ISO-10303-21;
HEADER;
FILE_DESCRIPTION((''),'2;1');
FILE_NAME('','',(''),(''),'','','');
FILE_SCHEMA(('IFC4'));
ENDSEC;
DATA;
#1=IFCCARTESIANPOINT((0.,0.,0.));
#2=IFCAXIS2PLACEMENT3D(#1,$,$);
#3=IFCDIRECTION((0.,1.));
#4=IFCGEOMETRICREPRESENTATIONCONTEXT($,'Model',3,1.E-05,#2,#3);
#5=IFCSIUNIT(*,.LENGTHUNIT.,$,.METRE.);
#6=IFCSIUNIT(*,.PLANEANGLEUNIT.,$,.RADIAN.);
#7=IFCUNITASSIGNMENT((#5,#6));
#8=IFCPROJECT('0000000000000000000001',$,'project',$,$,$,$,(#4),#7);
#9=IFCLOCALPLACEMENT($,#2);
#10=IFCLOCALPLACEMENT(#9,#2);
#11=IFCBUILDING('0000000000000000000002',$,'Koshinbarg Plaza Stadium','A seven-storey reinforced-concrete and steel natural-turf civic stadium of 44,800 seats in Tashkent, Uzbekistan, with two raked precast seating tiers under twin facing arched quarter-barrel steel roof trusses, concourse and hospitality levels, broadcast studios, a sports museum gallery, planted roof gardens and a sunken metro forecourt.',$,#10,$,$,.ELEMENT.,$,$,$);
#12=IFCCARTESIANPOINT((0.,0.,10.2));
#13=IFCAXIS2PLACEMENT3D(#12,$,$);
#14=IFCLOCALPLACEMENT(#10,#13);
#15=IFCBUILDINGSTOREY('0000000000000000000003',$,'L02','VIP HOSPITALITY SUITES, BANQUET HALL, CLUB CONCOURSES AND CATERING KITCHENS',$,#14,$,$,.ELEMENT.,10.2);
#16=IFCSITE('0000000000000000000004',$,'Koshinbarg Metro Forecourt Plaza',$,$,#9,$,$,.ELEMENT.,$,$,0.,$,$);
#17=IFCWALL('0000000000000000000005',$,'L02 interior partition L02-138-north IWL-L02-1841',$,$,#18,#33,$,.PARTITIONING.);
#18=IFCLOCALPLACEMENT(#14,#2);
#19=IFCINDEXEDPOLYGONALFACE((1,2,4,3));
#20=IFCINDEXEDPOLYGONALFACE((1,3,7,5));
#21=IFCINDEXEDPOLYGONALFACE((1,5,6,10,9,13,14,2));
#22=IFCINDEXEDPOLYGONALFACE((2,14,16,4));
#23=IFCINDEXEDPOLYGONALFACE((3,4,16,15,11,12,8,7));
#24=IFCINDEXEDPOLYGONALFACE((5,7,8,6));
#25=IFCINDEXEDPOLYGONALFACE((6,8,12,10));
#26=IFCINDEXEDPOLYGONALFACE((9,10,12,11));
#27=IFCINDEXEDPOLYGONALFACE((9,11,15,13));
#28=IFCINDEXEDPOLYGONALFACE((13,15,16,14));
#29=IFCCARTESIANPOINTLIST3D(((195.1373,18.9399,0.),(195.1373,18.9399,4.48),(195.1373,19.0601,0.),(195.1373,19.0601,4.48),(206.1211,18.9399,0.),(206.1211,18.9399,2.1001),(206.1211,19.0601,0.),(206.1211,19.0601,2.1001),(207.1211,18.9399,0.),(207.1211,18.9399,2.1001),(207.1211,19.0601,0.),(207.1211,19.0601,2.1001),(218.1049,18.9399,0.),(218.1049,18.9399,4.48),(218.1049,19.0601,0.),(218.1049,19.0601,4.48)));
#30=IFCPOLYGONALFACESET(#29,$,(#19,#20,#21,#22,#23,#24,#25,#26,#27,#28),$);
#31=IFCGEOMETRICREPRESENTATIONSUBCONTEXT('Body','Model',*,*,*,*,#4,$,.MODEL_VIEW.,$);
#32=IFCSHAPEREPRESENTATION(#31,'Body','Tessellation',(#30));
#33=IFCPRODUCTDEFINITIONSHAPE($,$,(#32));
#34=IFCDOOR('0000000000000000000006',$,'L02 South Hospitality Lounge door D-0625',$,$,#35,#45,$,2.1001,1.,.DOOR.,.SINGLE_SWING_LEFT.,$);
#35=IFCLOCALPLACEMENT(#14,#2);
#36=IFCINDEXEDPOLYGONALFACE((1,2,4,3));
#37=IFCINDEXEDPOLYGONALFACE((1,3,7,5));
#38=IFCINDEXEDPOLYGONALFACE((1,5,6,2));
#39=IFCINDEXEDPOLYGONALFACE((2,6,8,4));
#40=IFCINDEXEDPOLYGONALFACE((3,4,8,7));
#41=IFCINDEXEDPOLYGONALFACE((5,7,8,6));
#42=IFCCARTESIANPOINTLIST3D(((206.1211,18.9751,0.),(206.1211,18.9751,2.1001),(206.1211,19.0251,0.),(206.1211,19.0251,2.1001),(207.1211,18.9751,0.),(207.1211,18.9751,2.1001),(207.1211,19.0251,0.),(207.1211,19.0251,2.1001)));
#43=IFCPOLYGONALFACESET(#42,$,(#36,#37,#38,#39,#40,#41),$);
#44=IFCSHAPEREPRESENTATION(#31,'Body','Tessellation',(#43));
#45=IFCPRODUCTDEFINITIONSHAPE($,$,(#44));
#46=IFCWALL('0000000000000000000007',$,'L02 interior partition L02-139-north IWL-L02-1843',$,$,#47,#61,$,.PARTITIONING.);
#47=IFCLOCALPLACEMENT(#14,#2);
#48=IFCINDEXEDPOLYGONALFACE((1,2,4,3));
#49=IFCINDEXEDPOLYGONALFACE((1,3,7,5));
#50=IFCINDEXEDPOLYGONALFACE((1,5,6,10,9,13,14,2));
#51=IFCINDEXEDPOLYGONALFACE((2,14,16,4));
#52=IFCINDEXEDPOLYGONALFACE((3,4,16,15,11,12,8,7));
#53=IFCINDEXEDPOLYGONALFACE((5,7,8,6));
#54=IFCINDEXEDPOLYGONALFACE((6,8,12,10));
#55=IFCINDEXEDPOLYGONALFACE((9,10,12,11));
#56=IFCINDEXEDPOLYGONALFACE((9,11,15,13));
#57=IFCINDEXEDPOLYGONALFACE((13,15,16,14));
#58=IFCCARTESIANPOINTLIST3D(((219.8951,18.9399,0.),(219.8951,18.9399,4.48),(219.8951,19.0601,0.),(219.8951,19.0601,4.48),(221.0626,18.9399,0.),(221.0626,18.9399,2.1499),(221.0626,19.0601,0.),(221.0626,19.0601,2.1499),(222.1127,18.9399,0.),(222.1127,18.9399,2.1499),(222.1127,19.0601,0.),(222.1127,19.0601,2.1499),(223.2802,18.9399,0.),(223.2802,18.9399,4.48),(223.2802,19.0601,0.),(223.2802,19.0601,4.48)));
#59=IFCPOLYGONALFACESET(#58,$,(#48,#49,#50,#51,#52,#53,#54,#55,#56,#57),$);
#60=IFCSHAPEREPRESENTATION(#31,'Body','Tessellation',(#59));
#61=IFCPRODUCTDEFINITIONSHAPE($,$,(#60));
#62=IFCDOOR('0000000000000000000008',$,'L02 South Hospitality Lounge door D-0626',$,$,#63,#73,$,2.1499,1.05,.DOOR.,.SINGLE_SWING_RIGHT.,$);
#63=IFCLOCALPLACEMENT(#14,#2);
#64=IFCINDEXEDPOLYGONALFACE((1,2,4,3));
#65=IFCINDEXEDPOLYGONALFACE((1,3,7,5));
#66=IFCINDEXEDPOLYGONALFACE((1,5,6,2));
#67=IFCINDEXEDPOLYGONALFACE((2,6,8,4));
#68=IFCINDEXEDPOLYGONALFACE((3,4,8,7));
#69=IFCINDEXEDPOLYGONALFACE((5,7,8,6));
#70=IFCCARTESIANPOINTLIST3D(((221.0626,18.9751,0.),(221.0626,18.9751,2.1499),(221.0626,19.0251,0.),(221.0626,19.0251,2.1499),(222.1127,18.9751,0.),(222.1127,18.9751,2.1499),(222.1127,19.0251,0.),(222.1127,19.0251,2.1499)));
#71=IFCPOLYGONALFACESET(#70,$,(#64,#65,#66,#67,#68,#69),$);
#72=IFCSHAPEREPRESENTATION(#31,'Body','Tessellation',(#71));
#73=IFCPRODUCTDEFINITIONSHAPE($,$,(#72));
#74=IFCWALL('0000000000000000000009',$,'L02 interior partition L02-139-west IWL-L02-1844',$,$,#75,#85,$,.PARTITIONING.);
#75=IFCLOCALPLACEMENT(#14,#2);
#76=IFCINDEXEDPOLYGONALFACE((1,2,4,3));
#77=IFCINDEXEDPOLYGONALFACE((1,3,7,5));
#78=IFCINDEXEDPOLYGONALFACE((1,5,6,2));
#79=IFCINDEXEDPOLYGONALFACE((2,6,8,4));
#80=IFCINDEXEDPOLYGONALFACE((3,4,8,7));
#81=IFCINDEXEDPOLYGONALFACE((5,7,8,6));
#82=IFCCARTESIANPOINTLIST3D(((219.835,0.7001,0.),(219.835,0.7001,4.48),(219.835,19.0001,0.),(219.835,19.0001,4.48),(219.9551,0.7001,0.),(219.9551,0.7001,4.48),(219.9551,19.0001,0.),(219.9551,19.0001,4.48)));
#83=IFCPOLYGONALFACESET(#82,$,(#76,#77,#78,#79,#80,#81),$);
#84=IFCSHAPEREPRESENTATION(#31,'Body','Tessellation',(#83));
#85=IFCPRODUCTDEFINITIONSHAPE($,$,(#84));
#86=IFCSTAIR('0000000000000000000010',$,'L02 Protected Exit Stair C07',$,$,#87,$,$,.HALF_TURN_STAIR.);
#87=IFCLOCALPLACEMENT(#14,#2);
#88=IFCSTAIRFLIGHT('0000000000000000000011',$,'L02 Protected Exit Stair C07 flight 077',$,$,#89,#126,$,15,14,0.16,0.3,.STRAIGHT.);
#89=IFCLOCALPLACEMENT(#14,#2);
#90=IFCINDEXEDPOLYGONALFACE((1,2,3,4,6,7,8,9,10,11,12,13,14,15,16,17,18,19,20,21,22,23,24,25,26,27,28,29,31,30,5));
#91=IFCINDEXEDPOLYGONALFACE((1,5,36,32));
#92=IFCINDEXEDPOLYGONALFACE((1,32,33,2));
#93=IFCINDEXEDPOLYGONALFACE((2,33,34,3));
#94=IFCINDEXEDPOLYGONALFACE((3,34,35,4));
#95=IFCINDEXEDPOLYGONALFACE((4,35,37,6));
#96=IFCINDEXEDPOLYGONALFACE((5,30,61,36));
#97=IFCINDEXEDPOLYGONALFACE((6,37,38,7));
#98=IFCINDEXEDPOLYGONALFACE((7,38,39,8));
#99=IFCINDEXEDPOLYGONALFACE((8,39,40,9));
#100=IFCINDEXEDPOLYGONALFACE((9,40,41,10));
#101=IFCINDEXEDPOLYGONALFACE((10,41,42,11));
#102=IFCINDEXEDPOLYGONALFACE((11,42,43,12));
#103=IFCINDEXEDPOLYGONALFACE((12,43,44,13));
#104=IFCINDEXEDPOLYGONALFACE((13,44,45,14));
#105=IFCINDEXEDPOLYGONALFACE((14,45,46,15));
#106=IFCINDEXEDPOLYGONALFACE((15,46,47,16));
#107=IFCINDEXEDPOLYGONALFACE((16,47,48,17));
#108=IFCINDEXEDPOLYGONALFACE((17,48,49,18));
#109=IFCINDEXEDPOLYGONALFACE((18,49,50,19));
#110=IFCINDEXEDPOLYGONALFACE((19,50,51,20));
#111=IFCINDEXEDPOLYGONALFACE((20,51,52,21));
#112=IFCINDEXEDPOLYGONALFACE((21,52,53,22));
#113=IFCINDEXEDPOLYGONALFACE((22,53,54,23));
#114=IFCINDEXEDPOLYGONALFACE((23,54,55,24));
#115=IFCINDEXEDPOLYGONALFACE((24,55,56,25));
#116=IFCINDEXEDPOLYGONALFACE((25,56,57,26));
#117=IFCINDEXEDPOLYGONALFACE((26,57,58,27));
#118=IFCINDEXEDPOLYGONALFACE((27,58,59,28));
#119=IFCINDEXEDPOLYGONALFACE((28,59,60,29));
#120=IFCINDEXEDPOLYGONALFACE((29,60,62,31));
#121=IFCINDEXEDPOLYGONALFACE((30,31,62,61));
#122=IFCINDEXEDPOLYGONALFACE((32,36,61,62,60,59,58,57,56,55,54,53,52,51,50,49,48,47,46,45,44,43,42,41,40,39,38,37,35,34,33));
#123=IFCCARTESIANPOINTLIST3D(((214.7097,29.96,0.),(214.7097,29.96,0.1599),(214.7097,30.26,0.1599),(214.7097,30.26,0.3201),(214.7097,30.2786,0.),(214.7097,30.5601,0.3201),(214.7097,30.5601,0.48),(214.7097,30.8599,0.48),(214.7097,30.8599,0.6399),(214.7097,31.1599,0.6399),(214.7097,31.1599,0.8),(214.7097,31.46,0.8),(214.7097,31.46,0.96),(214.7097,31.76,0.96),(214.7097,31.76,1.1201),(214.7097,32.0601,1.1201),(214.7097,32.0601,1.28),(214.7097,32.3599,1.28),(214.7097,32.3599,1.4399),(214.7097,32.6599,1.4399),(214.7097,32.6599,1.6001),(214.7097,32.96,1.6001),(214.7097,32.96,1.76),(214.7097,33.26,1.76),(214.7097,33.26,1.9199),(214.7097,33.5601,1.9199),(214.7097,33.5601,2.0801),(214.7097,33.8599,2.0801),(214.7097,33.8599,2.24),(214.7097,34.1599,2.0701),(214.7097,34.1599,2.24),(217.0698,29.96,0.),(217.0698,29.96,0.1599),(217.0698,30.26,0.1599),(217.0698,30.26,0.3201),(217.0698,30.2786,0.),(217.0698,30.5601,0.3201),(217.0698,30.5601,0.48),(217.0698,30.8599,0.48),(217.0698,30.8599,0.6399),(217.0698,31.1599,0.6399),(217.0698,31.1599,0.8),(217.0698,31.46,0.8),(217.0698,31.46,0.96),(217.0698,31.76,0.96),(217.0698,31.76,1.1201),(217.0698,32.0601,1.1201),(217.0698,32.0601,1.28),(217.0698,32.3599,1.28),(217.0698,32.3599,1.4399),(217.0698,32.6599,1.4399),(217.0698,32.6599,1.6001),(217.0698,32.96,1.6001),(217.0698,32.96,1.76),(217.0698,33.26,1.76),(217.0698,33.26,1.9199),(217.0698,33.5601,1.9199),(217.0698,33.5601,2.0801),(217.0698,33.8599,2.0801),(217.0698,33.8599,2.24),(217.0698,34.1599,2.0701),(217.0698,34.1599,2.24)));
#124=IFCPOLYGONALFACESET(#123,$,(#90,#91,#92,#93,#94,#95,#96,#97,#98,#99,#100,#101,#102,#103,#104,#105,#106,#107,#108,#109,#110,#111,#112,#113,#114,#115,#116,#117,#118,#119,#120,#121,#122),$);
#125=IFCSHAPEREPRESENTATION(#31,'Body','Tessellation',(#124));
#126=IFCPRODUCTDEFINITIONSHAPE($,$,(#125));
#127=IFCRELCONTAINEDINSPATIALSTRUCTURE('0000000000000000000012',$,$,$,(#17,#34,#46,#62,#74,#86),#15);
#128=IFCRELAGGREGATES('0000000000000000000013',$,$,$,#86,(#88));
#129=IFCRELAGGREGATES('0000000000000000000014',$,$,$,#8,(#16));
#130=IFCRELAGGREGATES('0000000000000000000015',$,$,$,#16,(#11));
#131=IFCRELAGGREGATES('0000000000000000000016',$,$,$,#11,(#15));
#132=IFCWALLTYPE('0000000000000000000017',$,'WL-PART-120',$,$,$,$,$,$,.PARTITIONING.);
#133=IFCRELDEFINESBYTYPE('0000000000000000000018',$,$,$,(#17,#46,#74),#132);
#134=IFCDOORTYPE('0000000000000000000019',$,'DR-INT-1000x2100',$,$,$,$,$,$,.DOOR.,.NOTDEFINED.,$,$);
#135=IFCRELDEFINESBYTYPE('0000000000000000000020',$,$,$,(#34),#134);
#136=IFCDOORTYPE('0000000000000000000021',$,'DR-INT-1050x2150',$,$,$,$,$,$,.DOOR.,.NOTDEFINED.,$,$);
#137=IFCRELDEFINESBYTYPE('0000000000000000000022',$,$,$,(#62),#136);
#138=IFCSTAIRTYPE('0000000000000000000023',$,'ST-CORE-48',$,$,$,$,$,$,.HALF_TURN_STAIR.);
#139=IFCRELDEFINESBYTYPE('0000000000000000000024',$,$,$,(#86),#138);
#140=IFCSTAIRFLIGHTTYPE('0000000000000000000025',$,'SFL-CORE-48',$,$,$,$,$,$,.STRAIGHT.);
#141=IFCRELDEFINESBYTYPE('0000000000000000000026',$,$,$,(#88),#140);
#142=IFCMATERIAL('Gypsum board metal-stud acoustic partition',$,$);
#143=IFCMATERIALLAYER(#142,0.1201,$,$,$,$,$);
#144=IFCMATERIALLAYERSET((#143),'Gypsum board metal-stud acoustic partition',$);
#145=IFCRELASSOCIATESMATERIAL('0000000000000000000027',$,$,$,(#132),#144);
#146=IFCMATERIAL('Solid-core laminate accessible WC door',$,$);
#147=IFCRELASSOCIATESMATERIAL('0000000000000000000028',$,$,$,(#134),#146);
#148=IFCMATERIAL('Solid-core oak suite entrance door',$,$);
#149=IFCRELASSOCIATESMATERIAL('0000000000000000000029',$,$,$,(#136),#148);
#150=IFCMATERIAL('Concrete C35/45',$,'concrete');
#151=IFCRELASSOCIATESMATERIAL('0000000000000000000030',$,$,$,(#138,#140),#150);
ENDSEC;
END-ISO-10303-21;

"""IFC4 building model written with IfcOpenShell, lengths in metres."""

from ifc_helpers import new_model, si_unit, direction, frame, frame_2d, origin, place, context, subcontext, project, spatial, polyline, rectangle, outline, extrude, material, layer, layer_set, type_object, element, fill, aggregate, save


model = new_model("IFC4")

# Units and contexts
model_context = context("Model", 3, precision=1e-05, world=origin(), true_north=direction((0.0, 1.0)))
body_context = subcontext(model_context, "Body", "Model", "MODEL_VIEW")
ifc_project = project(units=[si_unit("LENGTHUNIT", "METRE"), si_unit("PLANEANGLEUNIT", "RADIAN")], contexts=[model_context])

# Site, building, storey
site_placement = place(None, origin())
site = spatial("IfcSite", under=ifc_project, at=site_placement, Name="Koshinbarg Metro Forecourt Plaza", CompositionType="ELEMENT", RefElevation=0.0)
building_placement = place(site_placement, origin())
building = spatial("IfcBuilding", under=site, at=building_placement, Name="Koshinbarg Plaza Stadium", Description="A seven-storey reinforced-concrete and steel natural-turf civic stadium of 44,800 seats in Tashkent, Uzbekistan, with two raked precast seating tiers under twin facing arched quarter-barrel steel roof trusses, concourse and hospitality levels, broadcast studios, a sports museum gallery, planted roof gardens and a sunken metro forecourt.", CompositionType="ELEMENT")
storey_placement = place(building_placement, frame((0.0, 0.0, 10.2)))
storey = spatial("IfcBuildingStorey", under=building, at=storey_placement, Name="L02", Description="VIP HOSPITALITY SUITES, BANQUET HALL, CLUB CONCOURSES AND CATERING KITCHENS", CompositionType="ELEMENT", Elevation=10.2)

# Walls, openings, doors
ifc_material_1 = material(Name="Gypsum board metal-stud acoustic partition")
ifc_layer_1 = layer(ifc_material_1, 0.1201)
ifc_layer_set_1 = layer_set([ifc_layer_1], Name="Gypsum board metal-stud acoustic partition")
wall_type_1 = type_object("IfcWallType", Name="WL-PART-120", PredefinedType="PARTITIONING", material=ifc_layer_set_1)
wall_1_placement = place(storey_placement, frame((218.105, 19.0, 0.0), z_axis=(0.0, 0.0, 1.0), x_axis=(-1.0, 0.0, 0.0)))
wall_1 = element("IfcWall", 1, at=wall_1_placement, inside=storey, type_object=wall_type_1, Name="L02 interior partition L02-138-north IWL-L02-1841", PredefinedType="PARTITIONING", context=body_context, shape_type="SweptSolid", body=[
    extrude(rectangle(XDim=22.9675, YDim=0.1201, at=frame_2d((11.4839, 0.0))), origin(), (0.0, 0.0, 1.0), 4.48),
])
opening_1_placement = place(wall_1_placement, frame((10.9839, 0.0, 0.0)))
opening_1 = element("IfcOpeningElement", 2, at=opening_1_placement, cuts=wall_1, PredefinedType="OPENING", context=body_context, shape_type="SweptSolid", body=[
    extrude(rectangle(XDim=1.0, YDim=2.1001, at=frame_2d((0.5, 1.05))), frame((0.0, 0.0701, 0.0), z_axis=(0.0, -1.0, 0.0), x_axis=(1.0, 0.0, 0.0)), (0.0, 0.0, 1.0), 0.1401),
])
ifc_material_2 = material(Name="Solid-core laminate accessible WC door")
door_type_1 = type_object("IfcDoorType", Name="DR-INT-1000x2100", OperationType="NOTDEFINED", PredefinedType="DOOR", material=ifc_material_2)
door_1_placement = place(opening_1_placement, origin())
door_1 = element("IfcDoor", 3, at=door_1_placement, inside=storey, type_object=door_type_1, Name="L02 South Hospitality Lounge door D-0625", OperationType="SINGLE_SWING_LEFT", OverallHeight=2.1001, OverallWidth=1.0, PredefinedType="DOOR", context=body_context, shape_type="SweptSolid", body=[
    extrude(rectangle(XDim=1.0, YDim=2.1001, at=frame_2d((0.5, 1.05))), frame((0.0, 0.0249, 0.0), z_axis=(0.0, -1.0, 0.0), x_axis=(1.0, 0.0, 0.0)), (0.0, 0.0, 1.0), 0.05),
])
fill(opening_1, door_1)
wall_2_placement = place(storey_placement, frame((223.28, 19.0, 0.0), z_axis=(0.0, 0.0, 1.0), x_axis=(-1.0, 0.0, 0.0)))
wall_2 = element("IfcWall", 4, at=wall_2_placement, inside=storey, type_object=wall_type_1, Name="L02 interior partition L02-139-north IWL-L02-1843", PredefinedType="PARTITIONING", context=body_context, shape_type="SweptSolid", body=[
    extrude(rectangle(XDim=3.385, YDim=0.1201, at=frame_2d((1.6924, 0.0))), origin(), (0.0, 0.0, 1.0), 4.48),
])
opening_2_placement = place(wall_2_placement, frame((1.1675, 0.0, 0.0)))
opening_2 = element("IfcOpeningElement", 5, at=opening_2_placement, cuts=wall_2, PredefinedType="OPENING", context=body_context, shape_type="SweptSolid", body=[
    extrude(rectangle(XDim=1.05, YDim=2.1499, at=frame_2d((0.5249, 1.075))), frame((0.0, 0.0701, 0.0), z_axis=(0.0, -1.0, 0.0), x_axis=(1.0, 0.0, 0.0)), (0.0, 0.0, 1.0), 0.1401),
])
ifc_material_3 = material(Name="Solid-core oak suite entrance door")
door_type_2 = type_object("IfcDoorType", Name="DR-INT-1050x2150", OperationType="NOTDEFINED", PredefinedType="DOOR", material=ifc_material_3)
door_2_placement = place(opening_2_placement, origin())
door_2 = element("IfcDoor", 6, at=door_2_placement, inside=storey, type_object=door_type_2, Name="L02 South Hospitality Lounge door D-0626", OperationType="SINGLE_SWING_RIGHT", OverallHeight=2.1499, OverallWidth=1.05, PredefinedType="DOOR", context=body_context, shape_type="SweptSolid", body=[
    extrude(rectangle(XDim=1.05, YDim=2.1499, at=frame_2d((0.5249, 1.075))), frame((0.0, 0.0249, 0.0), z_axis=(0.0, -1.0, 0.0), x_axis=(1.0, 0.0, 0.0)), (0.0, 0.0, 1.0), 0.05),
])
fill(opening_2, door_2)

# Wall
wall_3_placement = place(storey_placement, frame((219.895, 19.0, 0.0), z_axis=(0.0, 0.0, 1.0), x_axis=(0.0, -1.0, 0.0)))
element("IfcWall", 7, at=wall_3_placement, inside=storey, type_object=wall_type_1, Name="L02 interior partition L02-139-west IWL-L02-1844", PredefinedType="PARTITIONING", context=body_context, shape_type="SweptSolid", body=[
    extrude(rectangle(XDim=18.3, YDim=0.1201, at=frame_2d((9.1499, 0.0))), origin(), (0.0, 0.0, 1.0), 4.48),
])

# Stair, stair flight
ifc_material_4 = material(Name="Concrete C35/45", Category="concrete")
stair_type = type_object("IfcStairType", Name="ST-CORE-48", PredefinedType="HALF_TURN_STAIR", material=ifc_material_4)
stair_placement = place(storey_placement, origin())
stair = element("IfcStair", 8, at=stair_placement, inside=storey, type_object=stair_type, Name="L02 Protected Exit Stair C07", PredefinedType="HALF_TURN_STAIR")
stair_flight_type = type_object("IfcStairFlightType", Name="SFL-CORE-48", PredefinedType="STRAIGHT", material=ifc_material_4)
stair_flight_placement = place(storey_placement, frame((215.8899, 29.96, 0.0), z_axis=(0.0, 0.0, 1.0), x_axis=(0.0, 1.0, 0.0)))
stair_flight = element("IfcStairFlight", 9, at=stair_flight_placement, type_object=stair_flight_type, Name="L02 Protected Exit Stair C07 flight 077", NumberOfRisers=15, NumberOfTreads=14, PredefinedType="STRAIGHT", RiserHeight=0.16, TreadLength=0.3, context=body_context, shape_type="SweptSolid", body=[
    extrude(outline(polyline([(0.0, 0.0), (0.0, 0.1599), (0.3, 0.1599), (0.3, 0.3201), (0.6001, 0.3201), (0.6001, 0.48), (0.8999, 0.48), (0.8999, 0.6399), (1.2, 0.6399), (1.2, 0.8), (1.5, 0.8), (1.5, 0.96), (1.8, 0.96), (1.8, 1.1201), (2.1001, 1.1201), (2.1001, 1.28), (2.3999, 1.28), (2.3999, 1.4399), (2.7, 1.4399), (2.7, 1.6001), (3.0, 1.6001), (3.0, 1.76), (3.3, 1.76), (3.3, 1.9199), (3.6001, 1.9199), (3.6001, 2.0801), (3.8999, 2.0801), (3.8999, 2.24), (4.2, 2.24), (4.2, 2.3999), (4.2, 2.0701), (0.3186, 0.0), (0.0, 0.0)])), frame((0.0, 1.1802, 0.0), z_axis=(0.0, -1.0, 0.0), x_axis=(1.0, 0.0, 0.0)), (0.0, 0.0, 1.0), 2.3601),
])
aggregate(stair, [stair_flight])

save(model, "model.ifc")
